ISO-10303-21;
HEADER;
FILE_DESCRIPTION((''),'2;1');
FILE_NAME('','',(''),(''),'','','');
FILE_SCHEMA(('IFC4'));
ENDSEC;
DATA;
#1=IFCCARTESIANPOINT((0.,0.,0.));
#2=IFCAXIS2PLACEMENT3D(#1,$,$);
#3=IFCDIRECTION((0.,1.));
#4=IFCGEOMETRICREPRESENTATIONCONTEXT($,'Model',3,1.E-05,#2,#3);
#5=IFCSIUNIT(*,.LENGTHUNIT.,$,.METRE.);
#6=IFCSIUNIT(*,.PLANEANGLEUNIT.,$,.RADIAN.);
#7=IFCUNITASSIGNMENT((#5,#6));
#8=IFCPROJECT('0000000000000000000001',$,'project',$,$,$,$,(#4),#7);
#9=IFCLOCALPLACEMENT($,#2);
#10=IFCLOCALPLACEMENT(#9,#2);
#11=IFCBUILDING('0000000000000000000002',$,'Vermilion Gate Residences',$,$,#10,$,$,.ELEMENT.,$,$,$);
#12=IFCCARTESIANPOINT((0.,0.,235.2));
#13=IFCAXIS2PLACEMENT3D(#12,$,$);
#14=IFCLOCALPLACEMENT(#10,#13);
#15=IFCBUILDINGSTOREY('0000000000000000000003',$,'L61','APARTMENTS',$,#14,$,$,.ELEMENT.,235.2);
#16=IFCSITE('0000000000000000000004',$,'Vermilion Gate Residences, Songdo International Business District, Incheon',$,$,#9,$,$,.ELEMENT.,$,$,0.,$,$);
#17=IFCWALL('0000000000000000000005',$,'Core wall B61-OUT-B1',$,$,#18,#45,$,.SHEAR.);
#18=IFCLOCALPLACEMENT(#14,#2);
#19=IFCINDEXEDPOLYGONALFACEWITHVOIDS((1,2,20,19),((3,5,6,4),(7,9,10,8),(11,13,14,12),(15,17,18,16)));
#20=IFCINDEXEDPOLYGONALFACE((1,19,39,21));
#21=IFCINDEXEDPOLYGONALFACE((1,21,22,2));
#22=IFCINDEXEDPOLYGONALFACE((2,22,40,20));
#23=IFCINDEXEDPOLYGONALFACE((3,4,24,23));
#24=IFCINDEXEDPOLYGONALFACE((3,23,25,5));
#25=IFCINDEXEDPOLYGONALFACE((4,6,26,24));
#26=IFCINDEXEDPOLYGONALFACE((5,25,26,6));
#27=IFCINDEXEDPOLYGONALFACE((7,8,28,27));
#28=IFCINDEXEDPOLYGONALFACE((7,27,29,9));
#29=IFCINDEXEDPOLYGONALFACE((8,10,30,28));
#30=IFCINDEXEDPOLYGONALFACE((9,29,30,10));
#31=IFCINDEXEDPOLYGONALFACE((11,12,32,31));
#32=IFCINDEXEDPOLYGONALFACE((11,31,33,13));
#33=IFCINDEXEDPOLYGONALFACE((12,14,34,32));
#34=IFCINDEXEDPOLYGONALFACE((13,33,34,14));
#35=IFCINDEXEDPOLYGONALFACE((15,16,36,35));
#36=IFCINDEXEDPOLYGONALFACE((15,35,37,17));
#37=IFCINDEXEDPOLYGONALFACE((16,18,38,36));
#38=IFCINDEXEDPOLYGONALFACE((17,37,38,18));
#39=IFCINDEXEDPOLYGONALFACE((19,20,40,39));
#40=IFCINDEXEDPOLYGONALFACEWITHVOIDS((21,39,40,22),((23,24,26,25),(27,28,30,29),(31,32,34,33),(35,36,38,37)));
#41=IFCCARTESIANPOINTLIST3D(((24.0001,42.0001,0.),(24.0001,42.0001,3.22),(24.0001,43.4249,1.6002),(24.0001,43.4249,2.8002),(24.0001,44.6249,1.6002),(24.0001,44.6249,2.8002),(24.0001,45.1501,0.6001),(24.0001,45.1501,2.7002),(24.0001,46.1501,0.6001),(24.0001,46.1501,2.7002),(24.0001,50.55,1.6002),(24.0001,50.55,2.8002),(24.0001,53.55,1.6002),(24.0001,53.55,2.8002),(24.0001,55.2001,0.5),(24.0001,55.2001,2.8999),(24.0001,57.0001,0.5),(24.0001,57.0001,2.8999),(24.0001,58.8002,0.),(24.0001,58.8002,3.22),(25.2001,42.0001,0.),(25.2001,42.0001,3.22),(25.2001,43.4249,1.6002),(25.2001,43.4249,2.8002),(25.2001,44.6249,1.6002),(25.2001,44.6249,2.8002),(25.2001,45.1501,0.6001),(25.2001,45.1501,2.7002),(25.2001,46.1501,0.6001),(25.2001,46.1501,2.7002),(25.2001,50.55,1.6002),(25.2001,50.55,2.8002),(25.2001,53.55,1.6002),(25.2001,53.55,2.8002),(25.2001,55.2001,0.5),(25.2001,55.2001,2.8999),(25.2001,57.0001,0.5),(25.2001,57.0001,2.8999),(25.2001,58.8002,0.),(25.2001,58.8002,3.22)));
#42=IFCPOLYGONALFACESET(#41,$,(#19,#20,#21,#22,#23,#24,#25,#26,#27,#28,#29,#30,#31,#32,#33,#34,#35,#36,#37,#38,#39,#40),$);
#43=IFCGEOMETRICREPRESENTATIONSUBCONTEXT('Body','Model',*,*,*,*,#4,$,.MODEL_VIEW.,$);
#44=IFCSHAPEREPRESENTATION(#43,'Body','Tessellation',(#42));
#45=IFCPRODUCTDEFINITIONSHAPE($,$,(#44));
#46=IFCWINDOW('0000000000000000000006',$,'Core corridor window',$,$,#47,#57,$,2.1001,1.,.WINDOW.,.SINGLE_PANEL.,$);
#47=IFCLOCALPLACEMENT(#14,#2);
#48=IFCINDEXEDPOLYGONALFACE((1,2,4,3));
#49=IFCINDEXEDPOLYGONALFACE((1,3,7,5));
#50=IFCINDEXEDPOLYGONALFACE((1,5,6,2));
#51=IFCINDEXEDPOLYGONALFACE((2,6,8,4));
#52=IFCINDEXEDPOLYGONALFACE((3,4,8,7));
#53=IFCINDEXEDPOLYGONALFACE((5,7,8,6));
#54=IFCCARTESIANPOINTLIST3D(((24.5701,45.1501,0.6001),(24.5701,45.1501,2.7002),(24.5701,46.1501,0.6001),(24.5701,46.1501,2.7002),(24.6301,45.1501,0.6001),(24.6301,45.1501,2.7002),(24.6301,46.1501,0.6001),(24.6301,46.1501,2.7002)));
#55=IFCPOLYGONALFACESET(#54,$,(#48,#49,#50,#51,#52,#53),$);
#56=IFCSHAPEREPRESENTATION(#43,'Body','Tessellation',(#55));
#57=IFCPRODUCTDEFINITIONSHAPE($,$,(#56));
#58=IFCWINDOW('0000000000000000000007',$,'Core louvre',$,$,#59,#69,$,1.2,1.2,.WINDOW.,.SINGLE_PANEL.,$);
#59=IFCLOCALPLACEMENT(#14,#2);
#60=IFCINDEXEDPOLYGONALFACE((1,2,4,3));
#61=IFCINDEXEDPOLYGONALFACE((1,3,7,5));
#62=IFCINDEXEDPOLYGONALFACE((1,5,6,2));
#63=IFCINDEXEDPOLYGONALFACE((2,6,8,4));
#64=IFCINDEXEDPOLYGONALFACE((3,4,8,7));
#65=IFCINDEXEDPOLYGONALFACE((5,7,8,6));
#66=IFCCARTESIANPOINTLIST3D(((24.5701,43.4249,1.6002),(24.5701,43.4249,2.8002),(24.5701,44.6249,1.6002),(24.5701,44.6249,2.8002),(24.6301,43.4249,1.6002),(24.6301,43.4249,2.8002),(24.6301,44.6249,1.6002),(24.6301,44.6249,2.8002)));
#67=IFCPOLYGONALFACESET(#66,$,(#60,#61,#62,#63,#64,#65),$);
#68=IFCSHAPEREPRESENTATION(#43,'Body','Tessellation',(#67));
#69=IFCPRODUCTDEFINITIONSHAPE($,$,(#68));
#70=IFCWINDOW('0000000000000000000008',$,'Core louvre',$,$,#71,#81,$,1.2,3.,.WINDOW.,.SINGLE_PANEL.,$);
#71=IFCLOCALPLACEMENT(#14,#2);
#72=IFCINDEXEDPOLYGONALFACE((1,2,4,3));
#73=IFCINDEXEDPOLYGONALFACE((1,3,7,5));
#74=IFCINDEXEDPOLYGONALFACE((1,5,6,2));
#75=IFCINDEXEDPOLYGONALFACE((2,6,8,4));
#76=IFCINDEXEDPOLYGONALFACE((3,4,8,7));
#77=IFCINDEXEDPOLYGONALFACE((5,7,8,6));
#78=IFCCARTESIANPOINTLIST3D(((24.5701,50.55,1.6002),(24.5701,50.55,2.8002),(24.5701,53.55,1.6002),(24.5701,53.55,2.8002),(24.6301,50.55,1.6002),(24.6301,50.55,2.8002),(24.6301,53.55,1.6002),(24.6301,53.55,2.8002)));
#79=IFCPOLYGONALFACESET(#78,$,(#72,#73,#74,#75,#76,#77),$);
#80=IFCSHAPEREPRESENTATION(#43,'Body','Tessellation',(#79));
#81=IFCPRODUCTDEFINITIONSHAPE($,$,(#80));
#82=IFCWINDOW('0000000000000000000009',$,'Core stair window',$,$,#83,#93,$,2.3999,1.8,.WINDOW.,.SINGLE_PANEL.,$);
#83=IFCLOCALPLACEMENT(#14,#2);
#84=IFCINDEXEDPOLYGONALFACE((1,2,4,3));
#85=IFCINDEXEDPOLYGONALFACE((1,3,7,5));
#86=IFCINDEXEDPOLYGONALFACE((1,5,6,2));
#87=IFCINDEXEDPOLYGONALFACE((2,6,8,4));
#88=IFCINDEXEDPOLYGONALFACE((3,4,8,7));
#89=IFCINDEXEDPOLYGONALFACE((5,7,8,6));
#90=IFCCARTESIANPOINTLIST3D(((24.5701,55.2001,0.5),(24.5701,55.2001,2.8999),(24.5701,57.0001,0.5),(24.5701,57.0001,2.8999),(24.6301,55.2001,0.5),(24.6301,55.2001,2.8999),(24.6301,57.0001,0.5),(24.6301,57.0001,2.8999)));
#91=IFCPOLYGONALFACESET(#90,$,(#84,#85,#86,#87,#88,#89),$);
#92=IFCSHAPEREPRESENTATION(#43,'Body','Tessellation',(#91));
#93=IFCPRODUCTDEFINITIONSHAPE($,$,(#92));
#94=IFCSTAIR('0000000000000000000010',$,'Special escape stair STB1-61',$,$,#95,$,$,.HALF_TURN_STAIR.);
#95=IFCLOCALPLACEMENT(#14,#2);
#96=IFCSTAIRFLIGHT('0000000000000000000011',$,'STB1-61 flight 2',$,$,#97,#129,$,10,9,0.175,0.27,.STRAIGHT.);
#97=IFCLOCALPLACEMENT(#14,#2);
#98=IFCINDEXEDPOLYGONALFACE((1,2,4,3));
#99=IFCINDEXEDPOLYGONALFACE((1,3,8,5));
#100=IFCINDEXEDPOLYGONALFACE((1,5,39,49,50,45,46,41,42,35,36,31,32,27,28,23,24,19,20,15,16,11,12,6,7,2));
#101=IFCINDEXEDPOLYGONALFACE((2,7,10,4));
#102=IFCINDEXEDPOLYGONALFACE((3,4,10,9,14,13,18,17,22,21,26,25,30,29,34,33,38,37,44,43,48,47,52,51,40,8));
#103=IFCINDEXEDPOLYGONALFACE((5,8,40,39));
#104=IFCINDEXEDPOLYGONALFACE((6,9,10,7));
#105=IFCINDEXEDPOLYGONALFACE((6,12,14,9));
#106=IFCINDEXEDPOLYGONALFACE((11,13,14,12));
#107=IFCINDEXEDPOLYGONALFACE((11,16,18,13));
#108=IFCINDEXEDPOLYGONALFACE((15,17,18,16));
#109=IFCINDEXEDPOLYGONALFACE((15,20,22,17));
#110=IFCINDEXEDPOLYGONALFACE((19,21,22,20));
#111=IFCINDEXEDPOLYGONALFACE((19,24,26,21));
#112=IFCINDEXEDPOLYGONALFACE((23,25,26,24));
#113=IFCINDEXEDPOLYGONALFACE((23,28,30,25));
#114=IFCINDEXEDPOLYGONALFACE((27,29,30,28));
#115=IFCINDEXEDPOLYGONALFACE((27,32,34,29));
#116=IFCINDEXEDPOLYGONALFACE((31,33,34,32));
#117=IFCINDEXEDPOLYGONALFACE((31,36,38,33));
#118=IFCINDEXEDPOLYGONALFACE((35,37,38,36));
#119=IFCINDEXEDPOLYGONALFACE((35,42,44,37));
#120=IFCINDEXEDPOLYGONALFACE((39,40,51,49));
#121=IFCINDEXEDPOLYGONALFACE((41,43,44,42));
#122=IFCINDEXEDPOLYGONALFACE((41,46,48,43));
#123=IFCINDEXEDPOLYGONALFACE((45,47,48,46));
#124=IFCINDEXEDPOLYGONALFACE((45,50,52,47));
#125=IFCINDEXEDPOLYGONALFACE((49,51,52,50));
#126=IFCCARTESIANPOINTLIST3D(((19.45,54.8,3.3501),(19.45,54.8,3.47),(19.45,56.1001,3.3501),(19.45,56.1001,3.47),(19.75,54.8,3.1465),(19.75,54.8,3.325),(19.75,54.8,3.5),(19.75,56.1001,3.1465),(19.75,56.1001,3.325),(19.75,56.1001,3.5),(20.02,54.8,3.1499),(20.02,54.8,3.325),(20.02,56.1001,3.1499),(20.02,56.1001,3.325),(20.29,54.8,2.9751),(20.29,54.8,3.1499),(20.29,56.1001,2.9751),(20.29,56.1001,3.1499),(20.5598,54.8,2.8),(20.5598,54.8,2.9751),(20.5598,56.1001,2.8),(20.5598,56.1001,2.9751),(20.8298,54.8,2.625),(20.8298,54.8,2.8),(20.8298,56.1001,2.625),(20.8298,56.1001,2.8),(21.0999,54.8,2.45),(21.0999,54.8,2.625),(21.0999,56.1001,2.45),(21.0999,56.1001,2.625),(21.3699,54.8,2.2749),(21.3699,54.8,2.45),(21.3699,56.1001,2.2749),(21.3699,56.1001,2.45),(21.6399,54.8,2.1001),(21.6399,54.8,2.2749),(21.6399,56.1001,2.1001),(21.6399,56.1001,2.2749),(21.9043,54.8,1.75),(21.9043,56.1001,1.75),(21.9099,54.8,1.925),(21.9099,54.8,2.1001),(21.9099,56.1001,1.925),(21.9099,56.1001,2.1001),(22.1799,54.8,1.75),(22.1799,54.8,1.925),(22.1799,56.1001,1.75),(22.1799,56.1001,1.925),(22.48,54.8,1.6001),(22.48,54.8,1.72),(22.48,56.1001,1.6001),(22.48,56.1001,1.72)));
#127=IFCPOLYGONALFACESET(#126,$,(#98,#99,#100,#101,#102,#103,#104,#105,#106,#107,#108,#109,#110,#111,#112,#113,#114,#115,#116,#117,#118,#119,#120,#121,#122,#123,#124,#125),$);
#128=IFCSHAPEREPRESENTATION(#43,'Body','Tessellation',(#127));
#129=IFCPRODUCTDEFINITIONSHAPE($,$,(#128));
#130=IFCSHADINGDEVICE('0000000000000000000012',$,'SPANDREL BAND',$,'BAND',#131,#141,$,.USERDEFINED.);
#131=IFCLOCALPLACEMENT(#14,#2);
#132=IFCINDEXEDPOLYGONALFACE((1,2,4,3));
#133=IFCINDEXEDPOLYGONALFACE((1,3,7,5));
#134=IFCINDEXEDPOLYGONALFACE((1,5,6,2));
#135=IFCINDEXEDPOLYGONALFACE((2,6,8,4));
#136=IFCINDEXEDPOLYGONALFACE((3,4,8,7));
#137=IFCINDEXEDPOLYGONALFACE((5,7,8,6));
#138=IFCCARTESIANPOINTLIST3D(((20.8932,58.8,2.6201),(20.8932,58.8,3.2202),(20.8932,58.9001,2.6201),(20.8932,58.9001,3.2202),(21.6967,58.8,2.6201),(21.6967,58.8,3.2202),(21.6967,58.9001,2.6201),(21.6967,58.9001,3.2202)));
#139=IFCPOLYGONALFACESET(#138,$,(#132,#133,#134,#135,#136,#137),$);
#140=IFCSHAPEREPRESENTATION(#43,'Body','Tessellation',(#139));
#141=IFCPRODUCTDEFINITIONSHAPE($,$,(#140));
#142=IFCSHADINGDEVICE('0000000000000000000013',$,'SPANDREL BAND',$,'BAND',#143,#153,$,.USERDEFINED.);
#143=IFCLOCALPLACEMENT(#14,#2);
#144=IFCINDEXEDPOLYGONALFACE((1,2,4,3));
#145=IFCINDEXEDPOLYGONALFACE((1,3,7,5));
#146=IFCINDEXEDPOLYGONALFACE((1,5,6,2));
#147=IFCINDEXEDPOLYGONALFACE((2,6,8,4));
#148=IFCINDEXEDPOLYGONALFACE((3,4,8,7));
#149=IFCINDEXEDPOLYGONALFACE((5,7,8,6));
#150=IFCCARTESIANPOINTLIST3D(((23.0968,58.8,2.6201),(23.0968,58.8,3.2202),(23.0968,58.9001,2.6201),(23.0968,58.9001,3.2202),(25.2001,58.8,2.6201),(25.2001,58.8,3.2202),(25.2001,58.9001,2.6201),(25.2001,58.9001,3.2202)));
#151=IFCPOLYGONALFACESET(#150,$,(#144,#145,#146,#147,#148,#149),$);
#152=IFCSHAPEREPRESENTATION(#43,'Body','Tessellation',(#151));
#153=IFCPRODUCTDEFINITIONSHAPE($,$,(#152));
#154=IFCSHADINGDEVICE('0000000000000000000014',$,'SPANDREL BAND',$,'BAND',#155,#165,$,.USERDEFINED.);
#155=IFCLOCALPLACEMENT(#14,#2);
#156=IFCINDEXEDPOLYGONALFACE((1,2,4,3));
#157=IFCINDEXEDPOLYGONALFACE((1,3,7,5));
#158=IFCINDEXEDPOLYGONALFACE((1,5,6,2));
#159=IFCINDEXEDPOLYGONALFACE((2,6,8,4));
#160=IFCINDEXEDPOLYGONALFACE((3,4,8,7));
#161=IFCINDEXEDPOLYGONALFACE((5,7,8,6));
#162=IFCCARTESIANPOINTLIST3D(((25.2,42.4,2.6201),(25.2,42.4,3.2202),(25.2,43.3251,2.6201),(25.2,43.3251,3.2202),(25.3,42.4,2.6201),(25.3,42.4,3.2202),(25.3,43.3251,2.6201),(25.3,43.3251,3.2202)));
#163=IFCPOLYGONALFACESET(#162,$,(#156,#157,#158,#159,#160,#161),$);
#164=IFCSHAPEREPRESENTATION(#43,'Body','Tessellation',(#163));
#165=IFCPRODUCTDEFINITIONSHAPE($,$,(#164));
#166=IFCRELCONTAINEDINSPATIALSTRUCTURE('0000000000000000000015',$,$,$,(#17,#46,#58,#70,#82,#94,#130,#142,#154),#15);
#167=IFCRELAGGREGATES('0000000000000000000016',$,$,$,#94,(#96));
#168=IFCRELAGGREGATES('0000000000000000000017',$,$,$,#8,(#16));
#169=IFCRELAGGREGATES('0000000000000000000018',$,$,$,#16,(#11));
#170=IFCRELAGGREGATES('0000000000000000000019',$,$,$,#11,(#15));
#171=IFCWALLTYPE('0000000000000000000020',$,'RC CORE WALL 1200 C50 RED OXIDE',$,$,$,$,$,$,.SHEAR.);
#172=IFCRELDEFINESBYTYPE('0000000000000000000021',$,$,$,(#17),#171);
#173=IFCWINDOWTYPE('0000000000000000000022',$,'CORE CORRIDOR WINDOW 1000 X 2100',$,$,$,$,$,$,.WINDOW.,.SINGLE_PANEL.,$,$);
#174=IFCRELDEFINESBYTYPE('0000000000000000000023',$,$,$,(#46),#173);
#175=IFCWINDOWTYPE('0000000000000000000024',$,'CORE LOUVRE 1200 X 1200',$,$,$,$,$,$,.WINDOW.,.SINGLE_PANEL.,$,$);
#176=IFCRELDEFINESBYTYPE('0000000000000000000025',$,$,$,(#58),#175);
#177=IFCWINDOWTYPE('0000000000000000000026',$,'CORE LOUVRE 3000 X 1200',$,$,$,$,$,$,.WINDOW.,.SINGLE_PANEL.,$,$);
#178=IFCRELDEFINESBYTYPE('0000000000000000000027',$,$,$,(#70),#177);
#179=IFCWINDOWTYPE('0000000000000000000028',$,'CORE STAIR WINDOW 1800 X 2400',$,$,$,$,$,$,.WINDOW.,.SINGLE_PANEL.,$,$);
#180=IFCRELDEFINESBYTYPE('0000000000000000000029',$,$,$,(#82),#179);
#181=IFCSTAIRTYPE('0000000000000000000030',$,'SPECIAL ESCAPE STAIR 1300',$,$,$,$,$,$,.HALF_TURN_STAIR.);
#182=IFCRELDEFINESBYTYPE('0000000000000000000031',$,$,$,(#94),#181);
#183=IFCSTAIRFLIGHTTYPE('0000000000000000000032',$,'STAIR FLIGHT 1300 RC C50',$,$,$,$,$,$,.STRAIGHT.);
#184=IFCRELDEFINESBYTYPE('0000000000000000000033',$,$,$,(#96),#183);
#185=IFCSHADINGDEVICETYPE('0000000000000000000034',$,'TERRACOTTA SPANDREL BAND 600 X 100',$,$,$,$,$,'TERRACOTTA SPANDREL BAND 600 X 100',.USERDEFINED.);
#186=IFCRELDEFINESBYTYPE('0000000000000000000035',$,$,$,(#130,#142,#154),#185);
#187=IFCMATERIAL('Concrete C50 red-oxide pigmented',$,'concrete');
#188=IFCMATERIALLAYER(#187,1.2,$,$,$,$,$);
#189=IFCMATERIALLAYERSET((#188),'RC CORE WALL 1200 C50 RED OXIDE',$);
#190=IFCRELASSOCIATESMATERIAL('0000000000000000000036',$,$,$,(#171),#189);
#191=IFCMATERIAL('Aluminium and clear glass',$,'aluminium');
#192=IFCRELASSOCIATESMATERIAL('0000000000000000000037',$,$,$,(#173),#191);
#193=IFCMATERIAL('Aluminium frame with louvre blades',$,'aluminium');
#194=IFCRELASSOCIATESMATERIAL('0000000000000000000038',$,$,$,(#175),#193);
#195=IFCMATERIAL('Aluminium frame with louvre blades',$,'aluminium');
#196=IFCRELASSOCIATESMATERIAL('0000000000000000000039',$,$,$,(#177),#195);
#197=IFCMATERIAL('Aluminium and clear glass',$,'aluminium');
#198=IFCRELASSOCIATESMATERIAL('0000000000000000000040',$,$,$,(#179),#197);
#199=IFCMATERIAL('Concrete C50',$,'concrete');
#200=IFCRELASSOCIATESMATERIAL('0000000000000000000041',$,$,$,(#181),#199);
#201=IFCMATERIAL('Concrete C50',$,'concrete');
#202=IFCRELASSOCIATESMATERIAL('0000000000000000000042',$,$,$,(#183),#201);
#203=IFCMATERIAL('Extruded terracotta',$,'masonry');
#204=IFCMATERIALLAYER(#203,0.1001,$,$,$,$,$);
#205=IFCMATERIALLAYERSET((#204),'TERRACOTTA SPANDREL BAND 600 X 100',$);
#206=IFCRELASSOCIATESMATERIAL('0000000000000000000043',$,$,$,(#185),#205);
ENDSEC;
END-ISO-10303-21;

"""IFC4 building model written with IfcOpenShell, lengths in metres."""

from ifc_helpers import new_model, si_unit, direction, frame, frame_2d, origin, origin_2d, place, context, subcontext, project, spatial, polyline, rectangle, outline, extrude, material, layer, layer_set, type_object, element, fill, aggregate, save


model = new_model("IFC4")

# Units and contexts
model_context = context("Model", 3, precision=1e-05, world=origin(), true_north=direction((0.0, 1.0)))
body_context = subcontext(model_context, "Body", "Model", "MODEL_VIEW")
ifc_project = project(units=[si_unit("LENGTHUNIT", "METRE"), si_unit("PLANEANGLEUNIT", "RADIAN")], contexts=[model_context])

# Site, building, storey
site_placement = place(None, origin())
site = spatial("IfcSite", under=ifc_project, at=site_placement, Name="Vermilion Gate Residences, Songdo International Business District, Incheon", CompositionType="ELEMENT", RefElevation=0.0)
building_placement = place(site_placement, origin())
building = spatial("IfcBuilding", under=site, at=building_placement, Name="Vermilion Gate Residences", CompositionType="ELEMENT")
storey_placement = place(building_placement, frame((0.0, 0.0, 235.2)))
storey = spatial("IfcBuildingStorey", under=building, at=storey_placement, Name="L61", Description="APARTMENTS", CompositionType="ELEMENT", Elevation=235.2)

# Wall, openings, windows
ifc_material_1 = material(Name="Concrete C50 red-oxide pigmented", Category="concrete")
ifc_layer_1 = layer(ifc_material_1, 1.2)
ifc_layer_set_1 = layer_set([ifc_layer_1], Name="RC CORE WALL 1200 C50 RED OXIDE")
wall_type_1 = type_object("IfcWallType", Name="RC CORE WALL 1200 C50 RED OXIDE", PredefinedType="SHEAR", material=ifc_layer_set_1)
wall_1_placement = place(storey_placement, frame((24.6001, 58.8, 0.0), z_axis=(0.0, 0.0, 1.0), x_axis=(0.0, -1.0, 0.0)))
wall_1 = element("IfcWall", 1, at=wall_1_placement, inside=storey, type_object=wall_type_1, Name="Core wall B61-OUT-B1", PredefinedType="SHEAR", context=body_context, shape_type="SweptSolid", body=[
    extrude(rectangle(XDim=16.8, YDim=1.2, at=frame_2d((8.3999, 0.0))), origin(), (0.0, 0.0, 1.0), 3.22),
])
opening_1_placement = place(wall_1_placement, frame((1.8, 0.0, 0.5)))
opening_1 = element("IfcOpeningElement", 2, at=opening_1_placement, cuts=wall_1, PredefinedType="OPENING", context=body_context, shape_type="SweptSolid", body=[
    extrude(rectangle(XDim=1.8, YDim=2.3999, at=frame_2d((0.8999, 1.2))), frame((0.0, 0.6099, 0.0), z_axis=(0.0, -1.0, 0.0), x_axis=(1.0, 0.0, 0.0)), (0.0, 0.0, 1.0), 1.22),
])
opening_2_placement = place(wall_1_placement, frame((5.25, 0.0, 1.6001)))
opening_2 = element("IfcOpeningElement", 3, at=opening_2_placement, cuts=wall_1, PredefinedType="OPENING", context=body_context, shape_type="SweptSolid", body=[
    extrude(rectangle(XDim=3.0, YDim=1.2, at=frame_2d((1.5, 0.6001))), frame((0.0, 0.6099, 0.0), z_axis=(0.0, -1.0, 0.0), x_axis=(1.0, 0.0, 0.0)), (0.0, 0.0, 1.0), 1.22),
])
opening_3_placement = place(wall_1_placement, frame((12.6499, 0.0, 0.6001)))
opening_3 = element("IfcOpeningElement", 4, at=opening_3_placement, cuts=wall_1, PredefinedType="OPENING", context=body_context, shape_type="SweptSolid", body=[
    extrude(rectangle(XDim=1.0, YDim=2.1001, at=frame_2d((0.5, 1.05))), frame((0.0, 0.6099, 0.0), z_axis=(0.0, -1.0, 0.0), x_axis=(1.0, 0.0, 0.0)), (0.0, 0.0, 1.0), 1.22),
])
opening_4_placement = place(wall_1_placement, frame((14.175, 0.0, 1.6001)))
opening_4 = element("IfcOpeningElement", 5, at=opening_4_placement, cuts=wall_1, PredefinedType="OPENING", context=body_context, shape_type="SweptSolid", body=[
    extrude(rectangle(XDim=1.2, YDim=1.2, at=frame_2d((0.6001, 0.6001))), frame((0.0, 0.6099, 0.0), z_axis=(0.0, -1.0, 0.0), x_axis=(1.0, 0.0, 0.0)), (0.0, 0.0, 1.0), 1.22),
])
ifc_material_2 = material(Name="Aluminium and clear glass", Category="aluminium")
window_type_1 = type_object("IfcWindowType", Name="CORE CORRIDOR WINDOW 1000 X 2100", PartitioningType="SINGLE_PANEL", PredefinedType="WINDOW", material=ifc_material_2)
window_1_placement = place(opening_3_placement, origin())
window_1 = element("IfcWindow", 6, at=window_1_placement, inside=storey, type_object=window_type_1, Name="Core corridor window", OverallHeight=2.1001, OverallWidth=1.0, PartitioningType="SINGLE_PANEL", PredefinedType="WINDOW", context=body_context, shape_type="SweptSolid", body=[
    extrude(rectangle(XDim=1.0, YDim=2.1001, at=frame_2d((0.5, 1.05))), frame((0.0, 0.03, 0.0), z_axis=(0.0, -1.0, 0.0), x_axis=(1.0, 0.0, 0.0)), (0.0, 0.0, 1.0), 0.0601),
])
fill(opening_3, window_1)
ifc_material_3 = material(Name="Aluminium frame with louvre blades", Category="aluminium")
window_type_2 = type_object("IfcWindowType", Name="CORE LOUVRE 1200 X 1200", PartitioningType="SINGLE_PANEL", PredefinedType="WINDOW", material=ifc_material_3)
window_2_placement = place(opening_4_placement, origin())
window_2 = element("IfcWindow", 7, at=window_2_placement, inside=storey, type_object=window_type_2, Name="Core louvre", OverallHeight=1.2, OverallWidth=1.2, PartitioningType="SINGLE_PANEL", PredefinedType="WINDOW", context=body_context, shape_type="SweptSolid", body=[
    extrude(rectangle(XDim=1.2, YDim=1.2, at=frame_2d((0.6001, 0.6001))), frame((0.0, 0.03, 0.0), z_axis=(0.0, -1.0, 0.0), x_axis=(1.0, 0.0, 0.0)), (0.0, 0.0, 1.0), 0.0601),
])
fill(opening_4, window_2)
ifc_material_4 = material(Name="Aluminium frame with louvre blades", Category="aluminium")
window_type_3 = type_object("IfcWindowType", Name="CORE LOUVRE 3000 X 1200", PartitioningType="SINGLE_PANEL", PredefinedType="WINDOW", material=ifc_material_4)
window_3_placement = place(opening_2_placement, origin())
window_3 = element("IfcWindow", 8, at=window_3_placement, inside=storey, type_object=window_type_3, Name="Core louvre", OverallHeight=1.2, OverallWidth=3.0, PartitioningType="SINGLE_PANEL", PredefinedType="WINDOW", context=body_context, shape_type="SweptSolid", body=[
    extrude(rectangle(XDim=3.0, YDim=1.2, at=frame_2d((1.5, 0.6001))), frame((0.0, 0.03, 0.0), z_axis=(0.0, -1.0, 0.0), x_axis=(1.0, 0.0, 0.0)), (0.0, 0.0, 1.0), 0.0601),
])
fill(opening_2, window_3)
ifc_material_5 = material(Name="Aluminium and clear glass", Category="aluminium")
window_type_4 = type_object("IfcWindowType", Name="CORE STAIR WINDOW 1800 X 2400", PartitioningType="SINGLE_PANEL", PredefinedType="WINDOW", material=ifc_material_5)
window_4_placement = place(opening_1_placement, origin())
window_4 = element("IfcWindow", 9, at=window_4_placement, inside=storey, type_object=window_type_4, Name="Core stair window", OverallHeight=2.3999, OverallWidth=1.8, PartitioningType="SINGLE_PANEL", PredefinedType="WINDOW", context=body_context, shape_type="SweptSolid", body=[
    extrude(rectangle(XDim=1.8, YDim=2.3999, at=frame_2d((0.8999, 1.2))), frame((0.0, 0.03, 0.0), z_axis=(0.0, -1.0, 0.0), x_axis=(1.0, 0.0, 0.0)), (0.0, 0.0, 1.0), 0.0601),
])
fill(opening_1, window_4)

# Stair, stair flight
ifc_material_6 = material(Name="Concrete C50", Category="concrete")
stair_type = type_object("IfcStairType", Name="SPECIAL ESCAPE STAIR 1300", PredefinedType="HALF_TURN_STAIR", material=ifc_material_6)
stair_placement = place(storey_placement, origin())
stair = element("IfcStair", 10, at=stair_placement, inside=storey, type_object=stair_type, Name="Special escape stair STB1-61", PredefinedType="HALF_TURN_STAIR")
ifc_material_7 = material(Name="Concrete C50", Category="concrete")
stair_flight_type = type_object("IfcStairFlightType", Name="STAIR FLIGHT 1300 RC C50", PredefinedType="STRAIGHT", material=ifc_material_7)
stair_flight_placement = place(storey_placement, frame((22.1799, 55.45, 1.75), z_axis=(0.0, 0.0, 1.0), x_axis=(-1.0, 0.0, 0.0)))
stair_flight = element("IfcStairFlight", 11, at=stair_flight_placement, type_object=stair_flight_type, Name="STB1-61 flight 2", NumberOfRisers=10, NumberOfTreads=9, PredefinedType="STRAIGHT", RiserHeight=0.175, TreadLength=0.27, context=body_context, shape_type="SweptSolid", body=[
    extrude(outline(polyline([(-0.3, -0.1499), (-0.3, -0.03), (0.0, 0.0), (0.0, 0.175), (0.27, 0.175), (0.27, 0.3501), (0.54, 0.3501), (0.54, 0.5249), (0.8101, 0.5249), (0.8101, 0.7), (1.0801, 0.7), (1.0801, 0.875), (1.3501, 0.875), (1.3501, 1.05), (1.6201, 1.05), (1.6201, 1.2251), (1.8899, 1.2251), (1.8899, 1.3999), (2.1599, 1.3999), (2.1599, 1.575), (2.4299, 1.575), (2.4299, 1.75), (2.73, 1.72), (2.73, 1.6001), (2.4299, 1.3965), (0.2756, 0.0), (-0.3, -0.1499)])), frame((0.0, 0.6499, 0.0), z_axis=(0.0, -1.0, 0.0), x_axis=(1.0, 0.0, 0.0)), (0.0, 0.0, 1.0), 1.3),
])
aggregate(stair, [stair_flight])

# Shading devices
ifc_material_8 = material(Name="Extruded terracotta", Category="masonry")
ifc_layer_2 = layer(ifc_material_8, 0.1001)
ifc_layer_set_2 = layer_set([ifc_layer_2], Name="TERRACOTTA SPANDREL BAND 600 X 100")
shading_device_type = type_object("IfcShadingDeviceType", Name="TERRACOTTA SPANDREL BAND 600 X 100", ElementType="TERRACOTTA SPANDREL BAND 600 X 100", PredefinedType="USERDEFINED", material=ifc_layer_set_2)
shading_device_1_placement = place(storey_placement, frame((21.2949, 58.8501, 2.6201), z_axis=(0.0, 0.0, 1.0), x_axis=(1.0, 0.0, 0.0)))
element("IfcShadingDevice", 12, at=shading_device_1_placement, inside=storey, type_object=shading_device_type, Name="SPANDREL BAND", ObjectType="BAND", PredefinedType="USERDEFINED", context=body_context, shape_type="SweptSolid", body=[
    extrude(rectangle(XDim=0.8035, YDim=0.1001, at=origin_2d()), origin(), (0.0, 0.0, 1.0), 0.6001),
])
shading_device_2_placement = place(storey_placement, frame((24.1484, 58.8501, 2.6201), z_axis=(0.0, 0.0, 1.0), x_axis=(1.0, 0.0, 0.0)))
element("IfcShadingDevice", 13, at=shading_device_2_placement, inside=storey, type_object=shading_device_type, Name="SPANDREL BAND", ObjectType="BAND", PredefinedType="USERDEFINED", context=body_context, shape_type="SweptSolid", body=[
    extrude(rectangle(XDim=2.1033, YDim=0.1001, at=origin_2d()), origin(), (0.0, 0.0, 1.0), 0.6001),
])
shading_device_3_placement = place(storey_placement, frame((25.25, 42.8625, 2.6201), z_axis=(0.0, 0.0, 1.0), x_axis=(0.0, 1.0, 0.0)))
element("IfcShadingDevice", 14, at=shading_device_3_placement, inside=storey, type_object=shading_device_type, Name="SPANDREL BAND", ObjectType="BAND", PredefinedType="USERDEFINED", context=body_context, shape_type="SweptSolid", body=[
    extrude(rectangle(XDim=0.925, YDim=0.1001, at=origin_2d()), origin(), (0.0, 0.0, 1.0), 0.6001),
])

save(model, "model.ifc")
